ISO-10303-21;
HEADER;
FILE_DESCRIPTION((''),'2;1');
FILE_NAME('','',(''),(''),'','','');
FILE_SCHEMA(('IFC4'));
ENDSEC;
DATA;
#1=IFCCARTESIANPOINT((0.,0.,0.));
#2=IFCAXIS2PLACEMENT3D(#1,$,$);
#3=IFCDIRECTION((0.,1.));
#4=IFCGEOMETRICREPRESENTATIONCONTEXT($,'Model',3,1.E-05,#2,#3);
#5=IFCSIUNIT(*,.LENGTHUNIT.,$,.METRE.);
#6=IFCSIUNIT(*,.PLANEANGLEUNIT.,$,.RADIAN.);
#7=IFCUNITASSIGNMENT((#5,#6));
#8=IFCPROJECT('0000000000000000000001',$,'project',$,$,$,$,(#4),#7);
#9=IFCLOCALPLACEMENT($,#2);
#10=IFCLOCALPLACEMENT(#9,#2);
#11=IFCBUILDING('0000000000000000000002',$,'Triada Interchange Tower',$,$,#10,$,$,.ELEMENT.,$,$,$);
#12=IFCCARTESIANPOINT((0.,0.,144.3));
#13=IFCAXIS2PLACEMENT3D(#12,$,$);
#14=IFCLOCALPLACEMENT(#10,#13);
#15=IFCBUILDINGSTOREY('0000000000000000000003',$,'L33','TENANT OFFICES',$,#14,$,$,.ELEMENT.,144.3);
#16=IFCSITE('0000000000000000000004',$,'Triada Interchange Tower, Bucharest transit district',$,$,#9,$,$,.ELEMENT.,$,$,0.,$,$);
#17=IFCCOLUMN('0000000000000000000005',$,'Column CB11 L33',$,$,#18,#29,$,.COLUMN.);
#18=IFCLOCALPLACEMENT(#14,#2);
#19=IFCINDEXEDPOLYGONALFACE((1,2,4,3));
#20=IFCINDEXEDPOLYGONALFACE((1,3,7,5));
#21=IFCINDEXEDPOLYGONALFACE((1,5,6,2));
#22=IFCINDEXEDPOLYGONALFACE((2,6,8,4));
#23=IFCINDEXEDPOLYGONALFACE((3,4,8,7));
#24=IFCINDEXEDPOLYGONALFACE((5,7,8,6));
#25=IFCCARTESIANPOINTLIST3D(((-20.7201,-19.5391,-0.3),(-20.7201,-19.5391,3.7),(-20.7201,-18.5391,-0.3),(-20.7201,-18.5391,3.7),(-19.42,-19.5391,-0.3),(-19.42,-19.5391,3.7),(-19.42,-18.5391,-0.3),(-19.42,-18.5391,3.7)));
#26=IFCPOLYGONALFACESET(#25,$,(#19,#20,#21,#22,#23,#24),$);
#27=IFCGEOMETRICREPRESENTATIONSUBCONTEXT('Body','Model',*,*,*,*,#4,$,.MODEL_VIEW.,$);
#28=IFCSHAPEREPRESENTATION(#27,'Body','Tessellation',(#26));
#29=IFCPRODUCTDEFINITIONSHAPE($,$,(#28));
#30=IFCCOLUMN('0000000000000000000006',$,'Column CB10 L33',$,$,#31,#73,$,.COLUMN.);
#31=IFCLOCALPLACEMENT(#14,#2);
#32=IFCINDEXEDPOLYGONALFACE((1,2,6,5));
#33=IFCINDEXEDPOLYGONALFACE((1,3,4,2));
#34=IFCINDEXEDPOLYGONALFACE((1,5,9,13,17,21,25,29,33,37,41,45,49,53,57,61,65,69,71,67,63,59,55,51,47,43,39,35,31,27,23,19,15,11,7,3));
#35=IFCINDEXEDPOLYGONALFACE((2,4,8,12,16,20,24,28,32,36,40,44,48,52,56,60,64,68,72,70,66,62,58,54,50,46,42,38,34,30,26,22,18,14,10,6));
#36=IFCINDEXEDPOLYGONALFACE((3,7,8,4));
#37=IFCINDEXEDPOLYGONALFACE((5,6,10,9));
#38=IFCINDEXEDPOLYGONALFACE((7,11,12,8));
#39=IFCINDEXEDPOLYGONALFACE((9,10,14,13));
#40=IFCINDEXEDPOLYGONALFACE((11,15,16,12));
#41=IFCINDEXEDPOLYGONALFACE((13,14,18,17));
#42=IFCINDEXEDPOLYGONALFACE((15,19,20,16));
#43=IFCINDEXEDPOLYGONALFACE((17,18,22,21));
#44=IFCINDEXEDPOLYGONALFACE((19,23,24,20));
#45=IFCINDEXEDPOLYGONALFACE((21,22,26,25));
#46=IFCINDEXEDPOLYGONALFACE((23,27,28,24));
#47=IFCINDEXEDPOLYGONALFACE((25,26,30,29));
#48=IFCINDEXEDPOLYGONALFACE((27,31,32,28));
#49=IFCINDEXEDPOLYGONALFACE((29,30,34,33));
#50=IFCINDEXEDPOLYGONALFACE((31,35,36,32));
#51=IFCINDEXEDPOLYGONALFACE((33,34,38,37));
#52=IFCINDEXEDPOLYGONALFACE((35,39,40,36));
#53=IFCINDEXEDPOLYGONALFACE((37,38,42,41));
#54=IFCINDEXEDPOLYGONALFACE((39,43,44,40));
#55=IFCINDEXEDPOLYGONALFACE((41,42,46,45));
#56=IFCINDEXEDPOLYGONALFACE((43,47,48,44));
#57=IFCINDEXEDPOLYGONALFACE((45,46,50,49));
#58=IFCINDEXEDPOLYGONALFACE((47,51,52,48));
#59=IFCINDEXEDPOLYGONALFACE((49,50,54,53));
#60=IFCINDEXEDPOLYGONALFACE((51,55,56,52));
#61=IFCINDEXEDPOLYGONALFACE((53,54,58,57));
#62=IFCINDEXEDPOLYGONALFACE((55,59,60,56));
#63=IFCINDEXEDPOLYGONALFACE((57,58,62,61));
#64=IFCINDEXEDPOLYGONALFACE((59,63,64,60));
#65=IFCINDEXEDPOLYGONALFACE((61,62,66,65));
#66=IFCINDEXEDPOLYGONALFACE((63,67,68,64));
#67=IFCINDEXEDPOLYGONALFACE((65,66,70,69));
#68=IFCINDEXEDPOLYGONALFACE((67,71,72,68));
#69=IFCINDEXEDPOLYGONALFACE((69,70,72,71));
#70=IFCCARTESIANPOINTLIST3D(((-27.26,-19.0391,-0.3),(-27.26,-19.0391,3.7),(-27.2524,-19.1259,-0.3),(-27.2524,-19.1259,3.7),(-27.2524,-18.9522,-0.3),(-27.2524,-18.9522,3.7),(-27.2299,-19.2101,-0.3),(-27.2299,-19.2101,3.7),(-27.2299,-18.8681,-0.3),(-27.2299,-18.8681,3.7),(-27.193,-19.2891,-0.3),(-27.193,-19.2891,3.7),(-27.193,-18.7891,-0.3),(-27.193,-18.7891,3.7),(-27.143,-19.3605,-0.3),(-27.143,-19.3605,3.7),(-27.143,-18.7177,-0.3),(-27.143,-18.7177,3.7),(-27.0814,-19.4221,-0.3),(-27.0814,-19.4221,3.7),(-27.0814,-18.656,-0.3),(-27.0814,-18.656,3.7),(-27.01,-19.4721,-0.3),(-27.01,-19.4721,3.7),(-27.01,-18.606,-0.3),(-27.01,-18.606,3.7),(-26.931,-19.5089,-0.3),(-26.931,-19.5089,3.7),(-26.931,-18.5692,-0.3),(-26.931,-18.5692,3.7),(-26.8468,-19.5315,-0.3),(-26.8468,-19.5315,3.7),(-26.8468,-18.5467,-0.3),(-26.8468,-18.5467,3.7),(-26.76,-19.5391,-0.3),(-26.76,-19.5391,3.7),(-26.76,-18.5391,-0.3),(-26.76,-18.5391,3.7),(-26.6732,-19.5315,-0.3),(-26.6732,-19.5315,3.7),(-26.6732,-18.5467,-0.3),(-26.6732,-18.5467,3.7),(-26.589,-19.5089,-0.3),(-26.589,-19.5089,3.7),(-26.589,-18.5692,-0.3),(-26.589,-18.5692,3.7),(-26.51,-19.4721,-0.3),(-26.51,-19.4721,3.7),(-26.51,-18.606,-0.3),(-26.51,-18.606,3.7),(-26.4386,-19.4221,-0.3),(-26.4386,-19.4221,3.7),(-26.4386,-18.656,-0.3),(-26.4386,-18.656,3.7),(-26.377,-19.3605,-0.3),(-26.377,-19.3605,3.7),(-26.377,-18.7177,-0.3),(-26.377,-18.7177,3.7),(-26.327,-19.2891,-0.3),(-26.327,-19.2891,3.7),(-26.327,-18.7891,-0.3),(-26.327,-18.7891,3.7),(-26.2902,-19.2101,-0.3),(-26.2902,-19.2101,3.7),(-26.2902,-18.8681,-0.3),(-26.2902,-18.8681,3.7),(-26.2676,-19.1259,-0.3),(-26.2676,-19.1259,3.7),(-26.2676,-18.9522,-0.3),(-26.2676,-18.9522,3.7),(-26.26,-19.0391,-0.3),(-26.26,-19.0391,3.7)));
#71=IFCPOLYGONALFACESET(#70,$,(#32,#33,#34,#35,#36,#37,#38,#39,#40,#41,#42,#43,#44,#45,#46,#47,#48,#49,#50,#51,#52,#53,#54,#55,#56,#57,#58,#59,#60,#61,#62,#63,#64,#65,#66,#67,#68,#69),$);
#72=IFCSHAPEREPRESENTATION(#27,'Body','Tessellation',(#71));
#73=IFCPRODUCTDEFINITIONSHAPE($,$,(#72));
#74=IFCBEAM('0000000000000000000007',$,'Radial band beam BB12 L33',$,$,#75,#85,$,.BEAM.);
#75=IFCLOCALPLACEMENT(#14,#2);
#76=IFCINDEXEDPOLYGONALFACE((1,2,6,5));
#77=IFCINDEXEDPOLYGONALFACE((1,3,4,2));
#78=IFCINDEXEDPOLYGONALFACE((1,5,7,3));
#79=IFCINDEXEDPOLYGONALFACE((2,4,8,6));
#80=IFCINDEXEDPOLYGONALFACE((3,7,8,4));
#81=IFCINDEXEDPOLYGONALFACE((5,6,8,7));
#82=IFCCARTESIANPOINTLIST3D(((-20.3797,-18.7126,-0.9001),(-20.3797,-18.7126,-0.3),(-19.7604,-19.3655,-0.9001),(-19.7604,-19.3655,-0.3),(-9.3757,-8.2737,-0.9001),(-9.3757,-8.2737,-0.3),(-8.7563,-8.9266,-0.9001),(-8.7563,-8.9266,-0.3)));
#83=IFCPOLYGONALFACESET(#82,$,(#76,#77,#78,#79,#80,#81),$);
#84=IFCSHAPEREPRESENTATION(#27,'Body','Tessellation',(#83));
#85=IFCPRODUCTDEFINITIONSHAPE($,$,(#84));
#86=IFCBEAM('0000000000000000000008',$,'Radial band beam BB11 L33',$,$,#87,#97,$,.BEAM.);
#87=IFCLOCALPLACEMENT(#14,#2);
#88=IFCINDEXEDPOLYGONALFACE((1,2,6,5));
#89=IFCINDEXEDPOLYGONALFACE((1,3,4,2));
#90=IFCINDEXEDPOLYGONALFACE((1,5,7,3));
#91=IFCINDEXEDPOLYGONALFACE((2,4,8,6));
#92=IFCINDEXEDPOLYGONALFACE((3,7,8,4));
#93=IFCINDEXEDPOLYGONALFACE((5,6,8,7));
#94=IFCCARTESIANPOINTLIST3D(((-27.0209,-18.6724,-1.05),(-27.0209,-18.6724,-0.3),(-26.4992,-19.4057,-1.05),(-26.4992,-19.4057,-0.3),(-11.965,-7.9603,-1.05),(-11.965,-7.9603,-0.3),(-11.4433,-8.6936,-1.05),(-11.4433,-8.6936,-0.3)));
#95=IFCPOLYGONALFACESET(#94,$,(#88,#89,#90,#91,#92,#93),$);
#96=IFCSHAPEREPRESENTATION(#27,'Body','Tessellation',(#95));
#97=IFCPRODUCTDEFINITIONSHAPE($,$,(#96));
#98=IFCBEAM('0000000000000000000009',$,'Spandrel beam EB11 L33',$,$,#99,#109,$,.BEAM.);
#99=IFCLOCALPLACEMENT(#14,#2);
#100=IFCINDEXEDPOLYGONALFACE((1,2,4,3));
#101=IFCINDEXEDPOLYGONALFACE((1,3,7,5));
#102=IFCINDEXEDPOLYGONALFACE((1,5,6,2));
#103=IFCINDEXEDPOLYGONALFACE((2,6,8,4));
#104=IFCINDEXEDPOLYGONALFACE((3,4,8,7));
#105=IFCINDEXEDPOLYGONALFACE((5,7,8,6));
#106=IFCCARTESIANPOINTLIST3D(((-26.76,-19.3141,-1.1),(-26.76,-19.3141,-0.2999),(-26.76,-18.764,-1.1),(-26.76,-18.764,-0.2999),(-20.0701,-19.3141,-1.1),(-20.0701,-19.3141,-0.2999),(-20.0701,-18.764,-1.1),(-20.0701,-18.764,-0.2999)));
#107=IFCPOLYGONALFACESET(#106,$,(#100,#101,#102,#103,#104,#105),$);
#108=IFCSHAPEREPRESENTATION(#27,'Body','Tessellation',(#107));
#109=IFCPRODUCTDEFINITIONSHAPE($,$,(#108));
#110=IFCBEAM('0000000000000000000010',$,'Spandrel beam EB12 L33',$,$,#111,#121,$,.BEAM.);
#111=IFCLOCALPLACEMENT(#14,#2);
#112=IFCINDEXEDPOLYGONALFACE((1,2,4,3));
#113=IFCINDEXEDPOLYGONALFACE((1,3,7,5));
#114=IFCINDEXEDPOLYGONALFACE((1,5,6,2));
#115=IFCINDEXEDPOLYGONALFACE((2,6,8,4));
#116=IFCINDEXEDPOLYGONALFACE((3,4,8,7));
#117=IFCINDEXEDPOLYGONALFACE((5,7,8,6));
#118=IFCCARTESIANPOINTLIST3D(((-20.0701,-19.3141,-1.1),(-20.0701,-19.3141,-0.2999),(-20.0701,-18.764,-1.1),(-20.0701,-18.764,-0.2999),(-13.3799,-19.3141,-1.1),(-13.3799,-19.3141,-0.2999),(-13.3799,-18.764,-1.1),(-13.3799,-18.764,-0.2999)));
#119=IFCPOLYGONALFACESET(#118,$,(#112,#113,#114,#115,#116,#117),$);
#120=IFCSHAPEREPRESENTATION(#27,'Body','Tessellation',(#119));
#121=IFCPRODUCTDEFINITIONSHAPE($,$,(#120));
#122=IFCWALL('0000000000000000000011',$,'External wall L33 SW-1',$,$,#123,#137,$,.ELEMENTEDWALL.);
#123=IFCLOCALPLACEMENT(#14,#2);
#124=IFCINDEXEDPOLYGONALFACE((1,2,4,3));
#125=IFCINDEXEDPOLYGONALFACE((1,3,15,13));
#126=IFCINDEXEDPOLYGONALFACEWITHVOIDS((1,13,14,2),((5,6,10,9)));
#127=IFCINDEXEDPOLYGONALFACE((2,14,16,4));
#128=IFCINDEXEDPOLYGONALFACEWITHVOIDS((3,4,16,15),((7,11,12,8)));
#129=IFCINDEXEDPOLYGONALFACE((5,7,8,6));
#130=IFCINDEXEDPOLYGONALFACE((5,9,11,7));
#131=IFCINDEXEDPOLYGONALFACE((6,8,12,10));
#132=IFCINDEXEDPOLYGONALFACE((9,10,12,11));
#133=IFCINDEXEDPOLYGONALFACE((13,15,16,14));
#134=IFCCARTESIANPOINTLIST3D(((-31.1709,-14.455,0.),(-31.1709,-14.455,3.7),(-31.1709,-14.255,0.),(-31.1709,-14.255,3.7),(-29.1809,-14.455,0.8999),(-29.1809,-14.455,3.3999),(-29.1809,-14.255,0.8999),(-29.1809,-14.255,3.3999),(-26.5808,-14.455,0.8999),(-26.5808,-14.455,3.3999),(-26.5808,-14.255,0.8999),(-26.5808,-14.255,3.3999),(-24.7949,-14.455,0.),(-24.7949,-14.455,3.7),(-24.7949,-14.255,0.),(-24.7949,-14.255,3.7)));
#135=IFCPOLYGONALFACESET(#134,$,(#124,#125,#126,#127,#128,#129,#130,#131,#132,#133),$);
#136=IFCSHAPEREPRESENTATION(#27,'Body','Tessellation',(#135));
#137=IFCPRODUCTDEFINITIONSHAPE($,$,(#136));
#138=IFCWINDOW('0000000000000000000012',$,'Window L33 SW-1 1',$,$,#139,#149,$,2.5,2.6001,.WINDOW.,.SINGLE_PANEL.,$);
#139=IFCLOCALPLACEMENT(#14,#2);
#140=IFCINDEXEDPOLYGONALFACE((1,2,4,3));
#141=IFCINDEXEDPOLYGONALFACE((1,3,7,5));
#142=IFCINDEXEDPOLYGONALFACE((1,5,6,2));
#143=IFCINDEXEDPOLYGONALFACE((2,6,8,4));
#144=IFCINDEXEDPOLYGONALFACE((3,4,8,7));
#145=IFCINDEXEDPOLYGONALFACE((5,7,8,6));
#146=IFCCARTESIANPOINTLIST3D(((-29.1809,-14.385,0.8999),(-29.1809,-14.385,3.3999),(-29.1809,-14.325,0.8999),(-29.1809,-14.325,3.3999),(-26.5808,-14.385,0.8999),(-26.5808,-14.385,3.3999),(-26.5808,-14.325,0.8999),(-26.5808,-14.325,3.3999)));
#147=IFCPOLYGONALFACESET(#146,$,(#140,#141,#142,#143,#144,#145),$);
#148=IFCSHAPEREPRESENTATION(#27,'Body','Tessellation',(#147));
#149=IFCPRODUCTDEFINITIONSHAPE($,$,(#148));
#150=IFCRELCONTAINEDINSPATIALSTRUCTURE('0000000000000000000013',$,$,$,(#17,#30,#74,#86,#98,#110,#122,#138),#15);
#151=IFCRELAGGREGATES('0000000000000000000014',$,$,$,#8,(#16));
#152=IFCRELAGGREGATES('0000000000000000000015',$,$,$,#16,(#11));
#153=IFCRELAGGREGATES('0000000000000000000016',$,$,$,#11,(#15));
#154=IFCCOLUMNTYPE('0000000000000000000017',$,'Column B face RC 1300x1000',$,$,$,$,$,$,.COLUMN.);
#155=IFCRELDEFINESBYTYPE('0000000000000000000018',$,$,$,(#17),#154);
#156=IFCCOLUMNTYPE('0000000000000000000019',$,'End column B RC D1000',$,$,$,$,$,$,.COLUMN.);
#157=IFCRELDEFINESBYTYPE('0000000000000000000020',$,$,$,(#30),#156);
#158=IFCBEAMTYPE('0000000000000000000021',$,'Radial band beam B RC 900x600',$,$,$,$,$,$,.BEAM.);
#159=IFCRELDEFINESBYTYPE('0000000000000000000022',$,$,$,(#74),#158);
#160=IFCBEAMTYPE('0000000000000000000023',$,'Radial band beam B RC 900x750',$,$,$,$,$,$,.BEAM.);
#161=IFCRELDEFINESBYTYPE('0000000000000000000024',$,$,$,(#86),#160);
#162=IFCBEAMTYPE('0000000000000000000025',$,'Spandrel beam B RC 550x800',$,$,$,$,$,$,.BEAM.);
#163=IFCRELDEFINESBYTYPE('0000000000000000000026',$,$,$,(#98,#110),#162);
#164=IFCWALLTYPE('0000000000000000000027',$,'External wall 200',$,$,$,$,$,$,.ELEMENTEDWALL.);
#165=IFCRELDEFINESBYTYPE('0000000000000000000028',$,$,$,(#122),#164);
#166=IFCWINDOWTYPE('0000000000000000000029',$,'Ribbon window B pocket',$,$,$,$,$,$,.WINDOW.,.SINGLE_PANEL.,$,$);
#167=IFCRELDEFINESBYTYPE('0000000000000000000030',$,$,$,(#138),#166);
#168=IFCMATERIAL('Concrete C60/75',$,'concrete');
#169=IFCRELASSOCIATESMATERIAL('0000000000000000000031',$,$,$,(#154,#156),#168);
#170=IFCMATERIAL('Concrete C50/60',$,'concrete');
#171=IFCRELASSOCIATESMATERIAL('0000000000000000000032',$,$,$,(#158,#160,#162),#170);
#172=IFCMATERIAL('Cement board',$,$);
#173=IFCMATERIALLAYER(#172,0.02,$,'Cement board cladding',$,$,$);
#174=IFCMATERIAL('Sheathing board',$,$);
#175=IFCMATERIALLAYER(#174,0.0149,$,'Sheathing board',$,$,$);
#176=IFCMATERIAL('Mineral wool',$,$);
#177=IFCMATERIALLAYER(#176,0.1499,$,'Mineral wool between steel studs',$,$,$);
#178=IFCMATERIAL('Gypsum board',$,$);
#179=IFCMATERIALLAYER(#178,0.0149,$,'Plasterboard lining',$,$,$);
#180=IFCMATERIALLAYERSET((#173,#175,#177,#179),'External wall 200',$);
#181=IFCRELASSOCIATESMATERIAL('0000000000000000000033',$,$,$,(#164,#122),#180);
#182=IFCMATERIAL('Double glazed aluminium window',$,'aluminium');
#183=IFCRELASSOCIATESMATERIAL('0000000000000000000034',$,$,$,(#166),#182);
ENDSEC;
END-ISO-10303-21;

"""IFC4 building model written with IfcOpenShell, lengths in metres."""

from ifc_helpers import new_model, si_unit, direction, frame, frame_2d, origin, origin_2d, place, context, subcontext, project, spatial, rectangle, circle, extrude, material, layer, layer_set, layer_usage, material_profile, profile_set, type_object, element, fill, save


model = new_model("IFC4")

# Units and contexts
model_context = context("Model", 3, precision=1e-05, world=origin(), true_north=direction((0.0, 1.0)))
body_context = subcontext(model_context, "Body", "Model", "MODEL_VIEW")
ifc_project = project(units=[si_unit("LENGTHUNIT", "METRE"), si_unit("PLANEANGLEUNIT", "RADIAN")], contexts=[model_context])

# Site, building, storey
site_placement = place(None, origin())
site = spatial("IfcSite", under=ifc_project, at=site_placement, Name="Triada Interchange Tower, Bucharest transit district", CompositionType="ELEMENT", RefElevation=0.0)
building_placement = place(site_placement, origin())
building = spatial("IfcBuilding", under=site, at=building_placement, Name="Triada Interchange Tower", CompositionType="ELEMENT")
storey_placement = place(building_placement, frame((0.0, 0.0, 144.3)))
storey = spatial("IfcBuildingStorey", under=building, at=storey_placement, Name="L33", Description="TENANT OFFICES", CompositionType="ELEMENT", Elevation=144.3)

# Columns
ifc_material_1 = material(Name="Concrete C60/75", Category="concrete")
ifc_material_profile_1 = material_profile(ifc_material_1, rectangle(XDim=1.3, YDim=1.0, at=origin_2d()), Name="RC 1300x1000")
ifc_profile_set_1 = profile_set([ifc_material_profile_1], Name="Concrete C60/75")
column_type_1 = type_object("IfcColumnType", Name="Column B face RC 1300x1000", PredefinedType="COLUMN", material=ifc_profile_set_1)
column_1_placement = place(storey_placement, frame((-20.0701, -19.0391, -0.3), z_axis=(0.0, 0.0, 1.0), x_axis=(1.0, 0.0, 0.0)))
element("IfcColumn", 1, at=column_1_placement, inside=storey, type_object=column_type_1, Name="Column CB11 L33", PredefinedType="COLUMN", context=body_context, shape_type="SweptSolid", body=[
    extrude(rectangle(XDim=1.3, YDim=1.0, at=origin_2d()), origin(), (0.0, 0.0, 1.0), 4.0),
])
ifc_material_profile_2 = material_profile(ifc_material_1, circle(Radius=0.5, at=origin_2d()), Name="RC D1000")
ifc_profile_set_2 = profile_set([ifc_material_profile_2], Name="Concrete C60/75")
column_type_2 = type_object("IfcColumnType", Name="End column B RC D1000", PredefinedType="COLUMN", material=ifc_profile_set_2)
column_2_placement = place(storey_placement, frame((-26.76, -19.0391, -0.3), z_axis=(0.0, 0.0, 1.0), x_axis=(1.0, 0.0, 0.0)))
element("IfcColumn", 2, at=column_2_placement, inside=storey, type_object=column_type_2, Name="Column CB10 L33", PredefinedType="COLUMN", context=body_context, shape_type="SweptSolid", body=[
    extrude(circle(Radius=0.5, at=origin_2d()), origin(), (0.0, 0.0, 1.0), 4.0),
])

# Beams
ifc_material_2 = material(Name="Concrete C50/60", Category="concrete")
ifc_material_profile_3 = material_profile(ifc_material_2, rectangle(XDim=0.8999, YDim=0.6001, at=origin_2d()), Name="RC 900x600")
ifc_profile_set_3 = profile_set([ifc_material_profile_3], Name="Concrete C50/60")
beam_type_1 = type_object("IfcBeamType", Name="Radial band beam B RC 900x600", PredefinedType="BEAM", material=ifc_profile_set_3)
beam_1_placement = place(storey_placement, frame((-20.0701, -19.0391, -0.6001), z_axis=(0.725492, 0.68823, 0.0), x_axis=(-0.68823, 0.725492, 0.0)))
element("IfcBeam", 3, at=beam_1_placement, inside=storey, type_object=beam_type_1, Name="Radial band beam BB12 L33", PredefinedType="BEAM", context=body_context, shape_type="SweptSolid", body=[
    extrude(rectangle(XDim=0.8999, YDim=0.6001, at=origin_2d()), origin(), (0.0, 0.0, 1.0), 15.1677),
])
ifc_material_profile_4 = material_profile(ifc_material_2, rectangle(XDim=0.8999, YDim=0.75, at=origin_2d()), Name="RC 900x750")
ifc_profile_set_4 = profile_set([ifc_material_profile_4], Name="Concrete C50/60")
beam_type_2 = type_object("IfcBeamType", Name="Radial band beam B RC 900x750", PredefinedType="BEAM", material=ifc_profile_set_4)
beam_2_placement = place(storey_placement, frame((-26.76, -19.0391, -0.675), z_axis=(0.814809, 0.57973, 0.0), x_axis=(-0.57973, 0.814809, 0.0)))
element("IfcBeam", 4, at=beam_2_placement, inside=storey, type_object=beam_type_2, Name="Radial band beam BB11 L33", PredefinedType="BEAM", context=body_context, shape_type="SweptSolid", body=[
    extrude(rectangle(XDim=0.8999, YDim=0.75, at=origin_2d()), origin(), (0.0, 0.0, 1.0), 18.4778),
])
ifc_material_profile_5 = material_profile(ifc_material_2, rectangle(XDim=0.55, YDim=0.8, at=origin_2d()), Name="RC 550x800")
ifc_profile_set_5 = profile_set([ifc_material_profile_5], Name="Concrete C50/60")
beam_type_3 = type_object("IfcBeamType", Name="Spandrel beam B RC 550x800", PredefinedType="BEAM", material=ifc_profile_set_5)
beam_3_placement = place(storey_placement, frame((-26.76, -19.0391, -0.7), z_axis=(1.0, 0.0, 0.0), x_axis=(0.0, 1.0, 0.0)))
element("IfcBeam", 5, at=beam_3_placement, inside=storey, type_object=beam_type_3, Name="Spandrel beam EB11 L33", PredefinedType="BEAM", context=body_context, shape_type="SweptSolid", body=[
    extrude(rectangle(XDim=0.55, YDim=0.8, at=origin_2d()), origin(), (0.0, 0.0, 1.0), 6.6899),
])
beam_4_placement = place(storey_placement, frame((-20.0701, -19.0391, -0.7), z_axis=(1.0, 0.0, 0.0), x_axis=(0.0, 1.0, 0.0)))
element("IfcBeam", 6, at=beam_4_placement, inside=storey, type_object=beam_type_3, Name="Spandrel beam EB12 L33", PredefinedType="BEAM", context=body_context, shape_type="SweptSolid", body=[
    extrude(rectangle(XDim=0.55, YDim=0.8, at=origin_2d()), origin(), (0.0, 0.0, 1.0), 6.6902),
])

# Wall, opening, window
ifc_material_3 = material(Name="Cement board")
ifc_layer_1 = layer(ifc_material_3, 0.02, Name="Cement board cladding")
ifc_material_4 = material(Name="Sheathing board")
ifc_layer_2 = layer(ifc_material_4, 0.0149, Name="Sheathing board")
ifc_material_5 = material(Name="Mineral wool")
ifc_layer_3 = layer(ifc_material_5, 0.1499, Name="Mineral wool between steel studs")
ifc_material_6 = material(Name="Gypsum board")
ifc_layer_4 = layer(ifc_material_6, 0.0149, Name="Plasterboard lining")
ifc_layer_set_1 = layer_set([ifc_layer_1, ifc_layer_2, ifc_layer_3, ifc_layer_4], Name="External wall 200")
ifc_layer_usage = layer_usage(ifc_layer_set_1, "AXIS2", "POSITIVE", -0.1001)
wall_type_1 = type_object("IfcWallType", Name="External wall 200", PredefinedType="ELEMENTEDWALL", material=ifc_layer_set_1)
wall_1_placement = place(storey_placement, frame((-31.1709, -14.355, 0.0), z_axis=(0.0, 0.0, 1.0), x_axis=(1.0, 0.0, 0.0)))
wall_1 = element("IfcWall", 7, at=wall_1_placement, inside=storey, type_object=wall_type_1, material=ifc_layer_usage, Name="External wall L33 SW-1", PredefinedType="ELEMENTEDWALL", context=body_context, shape_type="SweptSolid", body=[
    extrude(rectangle(XDim=6.376, YDim=0.2, at=frame_2d((3.188, 0.0))), origin(), (0.0, 0.0, 1.0), 3.7),
])
opening_1_placement = place(wall_1_placement, frame((1.99, 0.0, 0.8999)))
opening_1 = element("IfcOpeningElement", 8, at=opening_1_placement, cuts=wall_1, PredefinedType="OPENING", context=body_context, shape_type="SweptSolid", body=[
    extrude(rectangle(XDim=2.6001, YDim=2.5, at=frame_2d((1.3, 1.25))), frame((0.0, 0.1099, 0.0), z_axis=(0.0, -1.0, 0.0), x_axis=(1.0, 0.0, 0.0)), (0.0, 0.0, 1.0), 0.22),
])
ifc_material_7 = material(Name="Double glazed aluminium window", Category="aluminium")
window_type_1 = type_object("IfcWindowType", Name="Ribbon window B pocket", PartitioningType="SINGLE_PANEL", PredefinedType="WINDOW", material=ifc_material_7)
window_1_placement = place(opening_1_placement, origin())
window_1 = element("IfcWindow", 9, at=window_1_placement, inside=storey, type_object=window_type_1, Name="Window L33 SW-1 1", OverallHeight=2.5, OverallWidth=2.6001, PartitioningType="SINGLE_PANEL", PredefinedType="WINDOW", context=body_context, shape_type="SweptSolid", body=[
    extrude(rectangle(XDim=2.6001, YDim=2.5, at=frame_2d((1.3, 1.25))), frame((0.0, 0.03, 0.0), z_axis=(0.0, -1.0, 0.0), x_axis=(1.0, 0.0, 0.0)), (0.0, 0.0, 1.0), 0.0601),
])
fill(opening_1, window_1)

save(model, "model.ifc")
